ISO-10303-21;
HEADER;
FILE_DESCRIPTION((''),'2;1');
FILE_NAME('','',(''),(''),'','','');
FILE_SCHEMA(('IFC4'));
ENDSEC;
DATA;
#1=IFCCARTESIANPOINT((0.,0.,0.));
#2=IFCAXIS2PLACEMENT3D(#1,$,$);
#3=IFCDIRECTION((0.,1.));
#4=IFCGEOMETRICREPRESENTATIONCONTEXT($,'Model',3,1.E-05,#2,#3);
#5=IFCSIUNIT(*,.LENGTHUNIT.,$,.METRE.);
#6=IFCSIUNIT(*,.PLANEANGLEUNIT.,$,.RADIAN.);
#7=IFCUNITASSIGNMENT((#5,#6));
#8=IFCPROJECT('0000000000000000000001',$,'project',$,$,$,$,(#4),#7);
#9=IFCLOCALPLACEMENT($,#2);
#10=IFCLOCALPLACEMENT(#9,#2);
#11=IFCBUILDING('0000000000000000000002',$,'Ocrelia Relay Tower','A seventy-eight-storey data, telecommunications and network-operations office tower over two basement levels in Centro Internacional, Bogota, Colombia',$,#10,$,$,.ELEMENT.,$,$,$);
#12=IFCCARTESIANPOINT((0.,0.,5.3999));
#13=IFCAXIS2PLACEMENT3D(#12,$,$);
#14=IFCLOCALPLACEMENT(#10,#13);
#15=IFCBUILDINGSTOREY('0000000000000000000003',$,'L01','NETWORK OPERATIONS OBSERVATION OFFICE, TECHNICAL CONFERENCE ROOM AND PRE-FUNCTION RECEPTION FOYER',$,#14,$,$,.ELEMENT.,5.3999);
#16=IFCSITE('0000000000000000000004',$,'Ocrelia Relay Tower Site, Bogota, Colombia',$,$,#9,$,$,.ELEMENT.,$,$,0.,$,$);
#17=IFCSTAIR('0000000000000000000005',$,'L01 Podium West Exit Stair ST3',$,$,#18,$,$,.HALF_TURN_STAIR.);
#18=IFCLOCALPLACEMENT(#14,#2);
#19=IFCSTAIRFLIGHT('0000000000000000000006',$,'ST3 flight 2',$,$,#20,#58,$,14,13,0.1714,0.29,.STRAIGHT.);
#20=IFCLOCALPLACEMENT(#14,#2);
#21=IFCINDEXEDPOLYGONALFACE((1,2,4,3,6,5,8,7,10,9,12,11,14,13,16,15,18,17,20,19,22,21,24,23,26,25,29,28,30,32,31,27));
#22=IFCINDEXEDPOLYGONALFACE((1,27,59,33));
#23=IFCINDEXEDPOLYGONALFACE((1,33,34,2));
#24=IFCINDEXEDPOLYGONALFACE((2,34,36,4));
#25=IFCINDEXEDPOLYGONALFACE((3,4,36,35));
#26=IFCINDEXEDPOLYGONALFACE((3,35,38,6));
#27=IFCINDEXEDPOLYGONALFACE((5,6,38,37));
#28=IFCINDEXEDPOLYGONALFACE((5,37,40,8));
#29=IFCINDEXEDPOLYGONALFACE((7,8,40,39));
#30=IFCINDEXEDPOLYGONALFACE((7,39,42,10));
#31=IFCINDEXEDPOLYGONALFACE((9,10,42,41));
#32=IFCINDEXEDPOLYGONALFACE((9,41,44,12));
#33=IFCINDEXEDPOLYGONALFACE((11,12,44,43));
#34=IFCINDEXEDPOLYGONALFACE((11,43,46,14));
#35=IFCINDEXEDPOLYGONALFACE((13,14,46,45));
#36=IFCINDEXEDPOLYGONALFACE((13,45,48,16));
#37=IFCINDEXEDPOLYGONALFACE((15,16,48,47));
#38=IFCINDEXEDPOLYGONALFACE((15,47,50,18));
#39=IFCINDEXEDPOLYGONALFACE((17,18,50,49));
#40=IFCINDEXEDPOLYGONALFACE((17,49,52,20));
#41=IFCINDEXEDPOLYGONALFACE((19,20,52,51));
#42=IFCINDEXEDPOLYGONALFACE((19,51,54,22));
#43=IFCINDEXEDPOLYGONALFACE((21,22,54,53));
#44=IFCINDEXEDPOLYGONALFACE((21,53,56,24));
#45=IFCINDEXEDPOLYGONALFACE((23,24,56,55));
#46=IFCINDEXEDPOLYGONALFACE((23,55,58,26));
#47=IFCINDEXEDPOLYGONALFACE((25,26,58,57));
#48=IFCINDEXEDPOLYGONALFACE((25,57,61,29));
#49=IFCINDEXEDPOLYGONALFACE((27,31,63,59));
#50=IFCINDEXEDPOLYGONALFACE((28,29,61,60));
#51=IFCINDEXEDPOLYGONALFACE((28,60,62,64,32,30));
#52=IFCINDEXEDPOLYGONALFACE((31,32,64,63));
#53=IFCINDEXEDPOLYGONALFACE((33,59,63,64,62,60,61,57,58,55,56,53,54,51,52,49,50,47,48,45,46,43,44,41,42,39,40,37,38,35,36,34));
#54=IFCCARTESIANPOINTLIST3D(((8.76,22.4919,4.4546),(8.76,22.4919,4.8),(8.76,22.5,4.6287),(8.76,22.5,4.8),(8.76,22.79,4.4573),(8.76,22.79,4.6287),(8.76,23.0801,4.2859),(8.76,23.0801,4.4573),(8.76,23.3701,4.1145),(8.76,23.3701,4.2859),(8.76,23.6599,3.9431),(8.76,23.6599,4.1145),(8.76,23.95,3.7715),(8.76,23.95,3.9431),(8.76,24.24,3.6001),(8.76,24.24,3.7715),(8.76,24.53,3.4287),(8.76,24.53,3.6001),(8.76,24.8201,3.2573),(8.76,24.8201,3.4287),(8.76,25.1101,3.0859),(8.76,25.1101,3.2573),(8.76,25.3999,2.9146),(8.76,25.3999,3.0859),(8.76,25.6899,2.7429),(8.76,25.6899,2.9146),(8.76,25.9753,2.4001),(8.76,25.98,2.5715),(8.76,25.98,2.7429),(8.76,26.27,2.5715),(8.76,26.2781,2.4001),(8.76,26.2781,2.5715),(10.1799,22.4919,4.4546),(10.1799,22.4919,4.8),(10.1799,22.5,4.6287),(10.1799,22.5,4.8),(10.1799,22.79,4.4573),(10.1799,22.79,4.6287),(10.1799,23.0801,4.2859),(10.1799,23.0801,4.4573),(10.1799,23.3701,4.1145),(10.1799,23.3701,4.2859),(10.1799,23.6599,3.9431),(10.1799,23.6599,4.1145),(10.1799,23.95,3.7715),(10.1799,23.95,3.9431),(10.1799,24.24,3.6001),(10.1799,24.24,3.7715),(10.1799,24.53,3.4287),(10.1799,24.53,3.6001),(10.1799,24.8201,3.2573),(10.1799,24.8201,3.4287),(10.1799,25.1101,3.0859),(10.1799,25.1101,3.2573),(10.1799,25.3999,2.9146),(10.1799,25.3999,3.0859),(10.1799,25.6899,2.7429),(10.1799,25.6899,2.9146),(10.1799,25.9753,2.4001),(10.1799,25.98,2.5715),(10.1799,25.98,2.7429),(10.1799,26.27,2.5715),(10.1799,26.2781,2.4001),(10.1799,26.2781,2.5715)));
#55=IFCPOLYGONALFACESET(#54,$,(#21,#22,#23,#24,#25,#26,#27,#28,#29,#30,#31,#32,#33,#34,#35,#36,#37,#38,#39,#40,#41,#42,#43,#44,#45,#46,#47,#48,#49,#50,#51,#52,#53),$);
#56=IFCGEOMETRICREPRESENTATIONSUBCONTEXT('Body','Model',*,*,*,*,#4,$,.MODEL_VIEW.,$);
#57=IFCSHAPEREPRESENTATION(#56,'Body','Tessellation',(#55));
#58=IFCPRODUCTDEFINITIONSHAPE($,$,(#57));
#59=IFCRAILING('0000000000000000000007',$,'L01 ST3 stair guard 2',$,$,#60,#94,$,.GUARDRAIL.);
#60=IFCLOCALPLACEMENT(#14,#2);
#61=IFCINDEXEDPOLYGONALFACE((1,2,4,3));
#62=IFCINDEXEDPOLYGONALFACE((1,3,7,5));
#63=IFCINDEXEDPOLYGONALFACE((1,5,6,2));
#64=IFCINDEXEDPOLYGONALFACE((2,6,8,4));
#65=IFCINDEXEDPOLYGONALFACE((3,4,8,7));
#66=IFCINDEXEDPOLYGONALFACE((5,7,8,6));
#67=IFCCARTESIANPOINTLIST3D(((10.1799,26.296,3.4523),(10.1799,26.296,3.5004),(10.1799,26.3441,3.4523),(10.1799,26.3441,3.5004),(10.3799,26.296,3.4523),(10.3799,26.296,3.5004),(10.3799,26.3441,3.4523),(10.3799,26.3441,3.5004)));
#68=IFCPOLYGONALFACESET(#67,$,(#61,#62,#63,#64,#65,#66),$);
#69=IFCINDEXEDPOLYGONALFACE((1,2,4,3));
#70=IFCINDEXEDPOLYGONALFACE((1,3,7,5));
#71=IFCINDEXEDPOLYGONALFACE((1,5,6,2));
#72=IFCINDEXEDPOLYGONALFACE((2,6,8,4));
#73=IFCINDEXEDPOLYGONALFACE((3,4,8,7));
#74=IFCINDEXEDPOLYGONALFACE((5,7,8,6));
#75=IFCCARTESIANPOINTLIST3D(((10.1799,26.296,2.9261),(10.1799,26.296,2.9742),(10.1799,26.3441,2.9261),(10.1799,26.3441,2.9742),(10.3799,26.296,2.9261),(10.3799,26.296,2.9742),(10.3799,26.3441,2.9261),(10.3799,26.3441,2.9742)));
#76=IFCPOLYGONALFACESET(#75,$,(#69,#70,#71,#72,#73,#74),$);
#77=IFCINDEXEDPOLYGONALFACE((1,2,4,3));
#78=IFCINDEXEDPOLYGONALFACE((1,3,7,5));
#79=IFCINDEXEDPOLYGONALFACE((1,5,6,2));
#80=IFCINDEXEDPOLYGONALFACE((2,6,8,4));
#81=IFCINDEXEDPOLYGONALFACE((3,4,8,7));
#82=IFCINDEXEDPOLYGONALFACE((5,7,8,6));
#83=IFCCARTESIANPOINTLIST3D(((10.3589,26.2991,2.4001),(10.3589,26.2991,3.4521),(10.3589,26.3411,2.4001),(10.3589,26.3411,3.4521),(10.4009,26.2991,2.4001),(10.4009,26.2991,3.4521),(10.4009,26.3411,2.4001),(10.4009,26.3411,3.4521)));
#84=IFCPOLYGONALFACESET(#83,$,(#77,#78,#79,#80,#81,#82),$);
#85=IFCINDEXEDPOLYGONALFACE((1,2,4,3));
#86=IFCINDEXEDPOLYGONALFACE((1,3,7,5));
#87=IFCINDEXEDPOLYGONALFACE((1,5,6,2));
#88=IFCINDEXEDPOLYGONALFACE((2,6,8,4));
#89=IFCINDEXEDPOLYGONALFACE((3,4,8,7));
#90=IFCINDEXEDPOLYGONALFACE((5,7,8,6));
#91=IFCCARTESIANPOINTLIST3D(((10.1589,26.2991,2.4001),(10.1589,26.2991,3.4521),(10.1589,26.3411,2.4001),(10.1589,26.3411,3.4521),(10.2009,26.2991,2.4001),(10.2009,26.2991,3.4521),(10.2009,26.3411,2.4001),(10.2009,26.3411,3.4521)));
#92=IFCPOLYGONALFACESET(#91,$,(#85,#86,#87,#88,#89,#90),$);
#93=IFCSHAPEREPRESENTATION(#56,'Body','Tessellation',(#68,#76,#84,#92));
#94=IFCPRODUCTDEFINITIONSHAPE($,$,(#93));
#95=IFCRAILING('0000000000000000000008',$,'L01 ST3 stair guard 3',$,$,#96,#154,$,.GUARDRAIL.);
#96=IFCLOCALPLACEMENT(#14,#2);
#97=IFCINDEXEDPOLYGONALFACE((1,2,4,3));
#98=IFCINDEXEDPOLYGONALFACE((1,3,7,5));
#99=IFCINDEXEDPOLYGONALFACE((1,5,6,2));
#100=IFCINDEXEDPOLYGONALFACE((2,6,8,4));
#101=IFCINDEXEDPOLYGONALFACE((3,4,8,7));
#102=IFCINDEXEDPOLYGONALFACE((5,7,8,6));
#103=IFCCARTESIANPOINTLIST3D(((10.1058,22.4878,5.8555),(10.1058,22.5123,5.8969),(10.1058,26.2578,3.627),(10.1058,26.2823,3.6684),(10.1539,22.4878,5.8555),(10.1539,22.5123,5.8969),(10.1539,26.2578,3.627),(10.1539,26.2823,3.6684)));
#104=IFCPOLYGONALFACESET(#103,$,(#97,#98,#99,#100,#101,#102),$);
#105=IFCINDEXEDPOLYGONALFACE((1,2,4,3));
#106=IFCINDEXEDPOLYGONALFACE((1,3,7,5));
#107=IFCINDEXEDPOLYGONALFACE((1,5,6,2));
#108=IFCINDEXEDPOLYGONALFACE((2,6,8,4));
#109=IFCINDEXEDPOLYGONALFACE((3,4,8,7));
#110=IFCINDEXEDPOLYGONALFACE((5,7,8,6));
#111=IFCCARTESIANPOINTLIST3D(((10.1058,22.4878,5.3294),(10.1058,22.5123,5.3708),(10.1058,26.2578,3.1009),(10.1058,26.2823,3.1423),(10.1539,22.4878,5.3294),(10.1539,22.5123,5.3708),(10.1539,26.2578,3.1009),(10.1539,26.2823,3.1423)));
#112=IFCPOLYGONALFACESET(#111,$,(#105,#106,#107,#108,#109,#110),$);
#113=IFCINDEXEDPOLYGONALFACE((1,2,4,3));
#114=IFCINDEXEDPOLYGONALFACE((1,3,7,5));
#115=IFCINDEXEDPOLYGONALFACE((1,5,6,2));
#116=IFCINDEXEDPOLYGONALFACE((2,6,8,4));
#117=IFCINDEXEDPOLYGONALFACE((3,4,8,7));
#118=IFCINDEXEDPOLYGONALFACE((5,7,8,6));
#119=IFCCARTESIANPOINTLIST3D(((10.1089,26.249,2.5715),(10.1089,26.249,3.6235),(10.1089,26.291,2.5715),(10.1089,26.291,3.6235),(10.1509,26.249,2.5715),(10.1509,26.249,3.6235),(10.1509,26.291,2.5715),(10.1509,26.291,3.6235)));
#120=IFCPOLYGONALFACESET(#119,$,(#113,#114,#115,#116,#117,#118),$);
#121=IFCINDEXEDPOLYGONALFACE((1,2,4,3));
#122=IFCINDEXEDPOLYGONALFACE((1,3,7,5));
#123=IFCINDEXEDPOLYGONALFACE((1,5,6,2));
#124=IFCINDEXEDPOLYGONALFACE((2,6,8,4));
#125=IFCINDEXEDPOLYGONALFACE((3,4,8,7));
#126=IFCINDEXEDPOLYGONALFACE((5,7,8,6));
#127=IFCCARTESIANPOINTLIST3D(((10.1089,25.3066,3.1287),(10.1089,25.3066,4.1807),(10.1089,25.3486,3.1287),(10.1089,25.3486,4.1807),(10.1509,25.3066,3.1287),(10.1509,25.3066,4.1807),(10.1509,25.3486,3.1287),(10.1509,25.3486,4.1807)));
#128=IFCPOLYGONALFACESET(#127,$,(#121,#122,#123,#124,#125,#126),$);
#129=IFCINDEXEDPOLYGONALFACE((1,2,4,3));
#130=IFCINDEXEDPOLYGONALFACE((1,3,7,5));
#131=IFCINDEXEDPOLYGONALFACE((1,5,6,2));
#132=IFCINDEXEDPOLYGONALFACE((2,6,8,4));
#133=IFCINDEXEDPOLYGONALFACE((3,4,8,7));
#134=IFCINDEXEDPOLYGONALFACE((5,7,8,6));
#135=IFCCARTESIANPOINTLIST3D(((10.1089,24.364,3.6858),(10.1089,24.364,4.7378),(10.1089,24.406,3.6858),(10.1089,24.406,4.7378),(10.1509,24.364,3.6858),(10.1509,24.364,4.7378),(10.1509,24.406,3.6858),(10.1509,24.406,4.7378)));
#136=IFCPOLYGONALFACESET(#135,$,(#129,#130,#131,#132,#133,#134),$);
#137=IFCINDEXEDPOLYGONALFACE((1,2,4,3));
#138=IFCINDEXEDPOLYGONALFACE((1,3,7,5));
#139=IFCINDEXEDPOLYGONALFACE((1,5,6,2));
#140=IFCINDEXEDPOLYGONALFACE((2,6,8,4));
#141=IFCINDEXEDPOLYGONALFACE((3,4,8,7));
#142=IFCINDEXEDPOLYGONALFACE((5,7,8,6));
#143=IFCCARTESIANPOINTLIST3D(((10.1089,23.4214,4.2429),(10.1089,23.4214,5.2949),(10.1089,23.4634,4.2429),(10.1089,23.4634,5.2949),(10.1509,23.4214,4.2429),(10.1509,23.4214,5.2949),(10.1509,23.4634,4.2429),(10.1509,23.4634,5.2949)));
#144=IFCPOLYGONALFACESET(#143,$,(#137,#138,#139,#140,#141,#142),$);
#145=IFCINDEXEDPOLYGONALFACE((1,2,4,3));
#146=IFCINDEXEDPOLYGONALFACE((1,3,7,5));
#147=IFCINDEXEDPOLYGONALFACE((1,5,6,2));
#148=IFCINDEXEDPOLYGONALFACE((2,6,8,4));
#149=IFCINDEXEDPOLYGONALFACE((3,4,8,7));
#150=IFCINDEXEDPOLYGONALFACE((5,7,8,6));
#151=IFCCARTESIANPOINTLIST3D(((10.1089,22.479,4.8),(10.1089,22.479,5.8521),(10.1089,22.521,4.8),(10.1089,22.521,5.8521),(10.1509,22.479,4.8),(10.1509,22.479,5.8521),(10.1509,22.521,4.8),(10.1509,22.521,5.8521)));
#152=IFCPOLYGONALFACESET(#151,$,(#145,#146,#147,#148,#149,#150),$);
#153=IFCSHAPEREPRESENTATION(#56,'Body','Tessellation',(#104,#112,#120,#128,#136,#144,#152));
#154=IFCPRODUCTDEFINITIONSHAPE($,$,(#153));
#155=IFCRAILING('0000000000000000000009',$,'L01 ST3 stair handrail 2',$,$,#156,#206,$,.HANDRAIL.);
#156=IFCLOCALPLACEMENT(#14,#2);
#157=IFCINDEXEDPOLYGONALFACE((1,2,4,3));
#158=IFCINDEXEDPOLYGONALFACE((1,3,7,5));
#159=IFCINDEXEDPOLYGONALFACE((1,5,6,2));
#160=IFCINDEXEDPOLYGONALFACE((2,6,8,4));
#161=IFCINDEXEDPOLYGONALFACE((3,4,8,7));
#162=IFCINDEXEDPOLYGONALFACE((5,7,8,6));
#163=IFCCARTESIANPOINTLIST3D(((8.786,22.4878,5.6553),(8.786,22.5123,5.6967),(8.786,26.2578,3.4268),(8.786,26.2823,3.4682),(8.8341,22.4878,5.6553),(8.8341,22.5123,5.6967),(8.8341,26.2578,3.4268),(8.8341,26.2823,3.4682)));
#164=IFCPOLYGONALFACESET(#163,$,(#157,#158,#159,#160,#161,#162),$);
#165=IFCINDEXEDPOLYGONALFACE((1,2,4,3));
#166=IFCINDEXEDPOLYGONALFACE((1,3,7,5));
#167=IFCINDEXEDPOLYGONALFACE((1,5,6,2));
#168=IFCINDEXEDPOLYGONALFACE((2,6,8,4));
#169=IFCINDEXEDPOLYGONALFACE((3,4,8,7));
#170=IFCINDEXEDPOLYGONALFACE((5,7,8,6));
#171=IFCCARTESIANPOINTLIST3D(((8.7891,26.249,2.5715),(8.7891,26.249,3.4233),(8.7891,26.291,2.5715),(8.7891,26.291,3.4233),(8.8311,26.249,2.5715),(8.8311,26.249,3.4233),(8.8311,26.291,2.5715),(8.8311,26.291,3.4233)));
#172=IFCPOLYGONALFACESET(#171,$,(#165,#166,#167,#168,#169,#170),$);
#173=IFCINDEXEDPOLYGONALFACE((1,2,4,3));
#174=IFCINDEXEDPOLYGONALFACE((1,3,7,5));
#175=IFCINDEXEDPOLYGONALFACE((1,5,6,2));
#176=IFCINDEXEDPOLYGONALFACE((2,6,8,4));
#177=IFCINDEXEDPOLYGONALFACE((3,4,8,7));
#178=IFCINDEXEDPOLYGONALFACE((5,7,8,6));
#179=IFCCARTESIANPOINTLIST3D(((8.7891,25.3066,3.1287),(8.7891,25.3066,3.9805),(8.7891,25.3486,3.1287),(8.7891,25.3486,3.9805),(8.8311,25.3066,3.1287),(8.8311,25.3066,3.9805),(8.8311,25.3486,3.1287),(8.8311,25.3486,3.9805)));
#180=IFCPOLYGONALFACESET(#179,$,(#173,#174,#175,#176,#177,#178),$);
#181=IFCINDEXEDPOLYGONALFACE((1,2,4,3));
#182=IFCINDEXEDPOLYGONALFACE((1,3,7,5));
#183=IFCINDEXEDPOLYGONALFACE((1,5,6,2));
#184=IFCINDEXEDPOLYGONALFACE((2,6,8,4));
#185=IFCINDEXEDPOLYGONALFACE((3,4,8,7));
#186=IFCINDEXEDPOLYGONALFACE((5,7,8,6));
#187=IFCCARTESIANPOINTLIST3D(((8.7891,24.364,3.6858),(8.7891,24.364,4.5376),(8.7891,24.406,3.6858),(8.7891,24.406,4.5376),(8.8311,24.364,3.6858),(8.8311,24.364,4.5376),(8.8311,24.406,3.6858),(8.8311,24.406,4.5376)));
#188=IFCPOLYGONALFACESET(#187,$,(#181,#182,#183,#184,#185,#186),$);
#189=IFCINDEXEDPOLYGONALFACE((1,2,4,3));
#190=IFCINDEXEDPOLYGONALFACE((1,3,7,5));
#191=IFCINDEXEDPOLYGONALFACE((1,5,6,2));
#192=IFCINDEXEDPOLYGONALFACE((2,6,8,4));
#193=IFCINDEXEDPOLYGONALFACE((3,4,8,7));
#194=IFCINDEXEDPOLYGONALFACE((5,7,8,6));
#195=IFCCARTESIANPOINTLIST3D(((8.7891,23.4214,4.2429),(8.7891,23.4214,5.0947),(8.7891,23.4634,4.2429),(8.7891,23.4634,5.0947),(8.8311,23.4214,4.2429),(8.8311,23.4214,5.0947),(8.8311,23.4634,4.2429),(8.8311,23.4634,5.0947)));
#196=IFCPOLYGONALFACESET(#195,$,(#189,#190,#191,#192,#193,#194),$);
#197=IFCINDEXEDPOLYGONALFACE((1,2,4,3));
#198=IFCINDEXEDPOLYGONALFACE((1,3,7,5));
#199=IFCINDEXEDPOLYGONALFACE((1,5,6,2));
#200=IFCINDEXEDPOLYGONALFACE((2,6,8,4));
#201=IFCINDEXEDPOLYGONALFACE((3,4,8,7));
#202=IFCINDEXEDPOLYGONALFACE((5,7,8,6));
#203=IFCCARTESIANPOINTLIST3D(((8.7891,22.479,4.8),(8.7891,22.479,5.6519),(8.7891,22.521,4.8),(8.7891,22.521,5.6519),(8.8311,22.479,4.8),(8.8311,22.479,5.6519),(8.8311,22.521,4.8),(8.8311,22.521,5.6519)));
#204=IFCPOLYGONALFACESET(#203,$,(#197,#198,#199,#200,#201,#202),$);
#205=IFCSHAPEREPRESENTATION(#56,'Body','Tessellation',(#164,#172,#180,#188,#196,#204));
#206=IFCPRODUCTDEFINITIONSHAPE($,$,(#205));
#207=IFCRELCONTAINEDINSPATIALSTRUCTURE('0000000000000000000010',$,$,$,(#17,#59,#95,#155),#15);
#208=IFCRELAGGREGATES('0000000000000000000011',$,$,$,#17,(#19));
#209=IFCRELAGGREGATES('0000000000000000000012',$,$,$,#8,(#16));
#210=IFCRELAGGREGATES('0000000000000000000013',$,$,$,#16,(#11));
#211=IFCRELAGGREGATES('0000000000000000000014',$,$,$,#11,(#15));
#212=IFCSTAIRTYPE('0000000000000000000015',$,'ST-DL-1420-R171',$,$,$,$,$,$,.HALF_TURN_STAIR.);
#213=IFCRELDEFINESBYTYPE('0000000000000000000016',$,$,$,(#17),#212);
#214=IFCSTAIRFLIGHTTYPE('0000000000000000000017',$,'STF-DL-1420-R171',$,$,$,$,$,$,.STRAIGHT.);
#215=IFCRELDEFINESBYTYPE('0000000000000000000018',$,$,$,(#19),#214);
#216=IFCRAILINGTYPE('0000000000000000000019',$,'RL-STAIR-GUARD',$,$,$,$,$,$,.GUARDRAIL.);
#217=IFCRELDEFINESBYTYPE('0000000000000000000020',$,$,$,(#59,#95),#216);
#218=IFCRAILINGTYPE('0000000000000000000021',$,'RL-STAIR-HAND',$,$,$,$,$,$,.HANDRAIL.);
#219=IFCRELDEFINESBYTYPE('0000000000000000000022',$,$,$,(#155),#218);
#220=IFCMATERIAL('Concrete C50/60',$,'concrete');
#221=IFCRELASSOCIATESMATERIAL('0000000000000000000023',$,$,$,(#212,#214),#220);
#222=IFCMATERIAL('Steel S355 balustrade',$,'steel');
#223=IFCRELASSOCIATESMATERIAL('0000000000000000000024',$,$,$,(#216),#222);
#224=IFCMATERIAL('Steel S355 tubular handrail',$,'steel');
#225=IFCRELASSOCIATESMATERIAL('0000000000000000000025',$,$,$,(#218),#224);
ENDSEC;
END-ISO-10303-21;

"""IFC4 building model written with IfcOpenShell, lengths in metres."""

from ifc_helpers import new_model, si_unit, direction, frame, origin, origin_2d, place, context, subcontext, project, spatial, polyline, rectangle, outline, extrude, material, type_object, element, aggregate, save


model = new_model("IFC4")

# Units and contexts
model_context = context("Model", 3, precision=1e-05, world=origin(), true_north=direction((0.0, 1.0)))
body_context = subcontext(model_context, "Body", "Model", "MODEL_VIEW")
ifc_project = project(units=[si_unit("LENGTHUNIT", "METRE"), si_unit("PLANEANGLEUNIT", "RADIAN")], contexts=[model_context])

# Site, building, storey
site_placement = place(None, origin())
site = spatial("IfcSite", under=ifc_project, at=site_placement, Name="Ocrelia Relay Tower Site, Bogota, Colombia", CompositionType="ELEMENT", RefElevation=0.0)
building_placement = place(site_placement, origin())
building = spatial("IfcBuilding", under=site, at=building_placement, Name="Ocrelia Relay Tower", Description="A seventy-eight-storey data, telecommunications and network-operations office tower over two basement levels in Centro Internacional, Bogota, Colombia", CompositionType="ELEMENT")
storey_placement = place(building_placement, frame((0.0, 0.0, 5.3999)))
storey = spatial("IfcBuildingStorey", under=building, at=storey_placement, Name="L01", Description="NETWORK OPERATIONS OBSERVATION OFFICE, TECHNICAL CONFERENCE ROOM AND PRE-FUNCTION RECEPTION FOYER", CompositionType="ELEMENT", Elevation=5.3999)

# Shared definitions
ifc_material_1 = material(Name="Concrete C50/60", Category="concrete")

# Stair, stair flight
stair_type = type_object("IfcStairType", Name="ST-DL-1420-R171", PredefinedType="HALF_TURN_STAIR", material=ifc_material_1)
stair_placement = place(storey_placement, origin())
stair = element("IfcStair", 1, at=stair_placement, inside=storey, type_object=stair_type, Name="L01 Podium West Exit Stair ST3", PredefinedType="HALF_TURN_STAIR")
stair_flight_type = type_object("IfcStairFlightType", Name="STF-DL-1420-R171", PredefinedType="STRAIGHT", material=ifc_material_1)
stair_flight_placement = place(storey_placement, frame((9.47, 26.27, 2.4001), z_axis=(0.0, 0.0, 1.0), x_axis=(0.0, -1.0, 0.0)))
stair_flight = element("IfcStairFlight", 2, at=stair_flight_placement, type_object=stair_flight_type, Name="ST3 flight 2", NumberOfRisers=14, NumberOfTreads=13, PredefinedType="STRAIGHT", RiserHeight=0.1714, TreadLength=0.29, context=body_context, shape_type="SweptSolid", body=[
    extrude(outline(polyline([(-0.0081, 0.0), (-0.0081, 0.1714), (0.0, 0.1714), (0.29, 0.1714), (0.29, 0.3428), (0.5801, 0.3428), (0.5801, 0.5144), (0.8701, 0.5144), (0.8701, 0.6858), (1.1599, 0.6858), (1.1599, 0.8572), (1.45, 0.8572), (1.45, 1.0286), (1.74, 1.0286), (1.74, 1.2), (2.03, 1.2), (2.03, 1.3713), (2.3201, 1.3713), (2.3201, 1.543), (2.6101, 1.543), (2.6101, 1.7144), (2.8999, 1.7144), (2.8999, 1.8857), (3.1899, 1.8857), (3.1899, 2.0571), (3.48, 2.0571), (3.48, 2.2285), (3.77, 2.2285), (3.77, 2.3999), (3.7781, 2.3999), (3.7781, 2.0544), (0.2947, 0.0), (-0.0081, 0.0)])), frame((0.0, 0.71, 0.0), z_axis=(0.0, -1.0, 0.0), x_axis=(1.0, 0.0, 0.0)), (0.0, 0.0, 1.0), 1.4199),
])
aggregate(stair, [stair_flight])

# Railings
ifc_material_2 = material(Name="Steel S355 balustrade", Category="steel")
railing_type_1 = type_object("IfcRailingType", Name="RL-STAIR-GUARD", PredefinedType="GUARDRAIL", material=ifc_material_2)
railing_1_placement = place(storey_placement, frame((10.3799, 26.3201, 2.4001)))
element("IfcRailing", 3, at=railing_1_placement, inside=storey, type_object=railing_type_1, Name="L01 ST3 stair guard 2", PredefinedType="GUARDRAIL", context=body_context, shape_type="SweptSolid", body=[
    extrude(rectangle(XDim=0.0481, YDim=0.0481, at=origin_2d()), frame((0.0, 0.0, 1.0762), z_axis=(-1.0, 0.0, 0.0), x_axis=(0.0, -1.0, 0.0)), (0.0, 0.0, 1.0), 0.2),
    extrude(rectangle(XDim=0.0481, YDim=0.0481, at=origin_2d()), frame((0.0, 0.0, 0.55), z_axis=(-1.0, 0.0, 0.0), x_axis=(0.0, -1.0, 0.0)), (0.0, 0.0, 1.0), 0.2),
    extrude(rectangle(XDim=0.042, YDim=0.042, at=origin_2d()), origin(), (0.0, 0.0, 1.0), 1.052),
    extrude(rectangle(XDim=0.042, YDim=0.042, at=origin_2d()), frame((-0.2, 0.0, 0.0)), (0.0, 0.0, 1.0), 1.052),
])
railing_2_placement = place(storey_placement, frame((10.1299, 26.27, 2.5715)))
element("IfcRailing", 4, at=railing_2_placement, inside=storey, type_object=railing_type_1, Name="L01 ST3 stair guard 3", PredefinedType="GUARDRAIL", context=body_context, shape_type="SweptSolid", body=[
    extrude(rectangle(XDim=0.0481, YDim=0.0481, at=origin_2d()), frame((0.0, 0.0, 1.0762), z_axis=(0.0, -0.860849, 0.508861), x_axis=(1.0, 0.0, 0.0)), (0.0, 0.0, 1.0), 4.3794),
    extrude(rectangle(XDim=0.0481, YDim=0.0481, at=origin_2d()), frame((0.0, 0.0, 0.55), z_axis=(0.0, -0.860849, 0.508861), x_axis=(1.0, 0.0, 0.0)), (0.0, 0.0, 1.0), 4.3794),
    extrude(rectangle(XDim=0.042, YDim=0.042, at=origin_2d()), origin(), (0.0, 0.0, 1.0), 1.052),
    extrude(rectangle(XDim=0.042, YDim=0.042, at=origin_2d()), frame((0.0, -0.9424, 0.5571)), (0.0, 0.0, 1.0), 1.052),
    extrude(rectangle(XDim=0.042, YDim=0.042, at=origin_2d()), frame((0.0, -1.885, 1.1143)), (0.0, 0.0, 1.0), 1.052),
    extrude(rectangle(XDim=0.042, YDim=0.042, at=origin_2d()), frame((0.0, -2.8276, 1.6714)), (0.0, 0.0, 1.0), 1.052),
    extrude(rectangle(XDim=0.042, YDim=0.042, at=origin_2d()), frame((0.0, -3.77, 2.2285)), (0.0, 0.0, 1.0), 1.052),
])
ifc_material_3 = material(Name="Steel S355 tubular handrail", Category="steel")
railing_type_2 = type_object("IfcRailingType", Name="RL-STAIR-HAND", PredefinedType="HANDRAIL", material=ifc_material_3)
railing_3_placement = place(storey_placement, frame((8.8101, 26.27, 2.5715)))
element("IfcRailing", 5, at=railing_3_placement, inside=storey, type_object=railing_type_2, Name="L01 ST3 stair handrail 2", PredefinedType="HANDRAIL", context=body_context, shape_type="SweptSolid", body=[
    extrude(rectangle(XDim=0.0481, YDim=0.0481, at=origin_2d()), frame((0.0, 0.0, 0.876), z_axis=(0.0, -0.860849, 0.508861), x_axis=(1.0, 0.0, 0.0)), (0.0, 0.0, 1.0), 4.3794),
    extrude(rectangle(XDim=0.042, YDim=0.042, at=origin_2d()), origin(), (0.0, 0.0, 1.0), 0.8518),
    extrude(rectangle(XDim=0.042, YDim=0.042, at=origin_2d()), frame((0.0, -0.9424, 0.5571)), (0.0, 0.0, 1.0), 0.8518),
    extrude(rectangle(XDim=0.042, YDim=0.042, at=origin_2d()), frame((0.0, -1.885, 1.1143)), (0.0, 0.0, 1.0), 0.8518),
    extrude(rectangle(XDim=0.042, YDim=0.042, at=origin_2d()), frame((0.0, -2.8276, 1.6714)), (0.0, 0.0, 1.0), 0.8518),
    extrude(rectangle(XDim=0.042, YDim=0.042, at=origin_2d()), frame((0.0, -3.77, 2.2285)), (0.0, 0.0, 1.0), 0.8518),
])

save(model, "model.ifc")
